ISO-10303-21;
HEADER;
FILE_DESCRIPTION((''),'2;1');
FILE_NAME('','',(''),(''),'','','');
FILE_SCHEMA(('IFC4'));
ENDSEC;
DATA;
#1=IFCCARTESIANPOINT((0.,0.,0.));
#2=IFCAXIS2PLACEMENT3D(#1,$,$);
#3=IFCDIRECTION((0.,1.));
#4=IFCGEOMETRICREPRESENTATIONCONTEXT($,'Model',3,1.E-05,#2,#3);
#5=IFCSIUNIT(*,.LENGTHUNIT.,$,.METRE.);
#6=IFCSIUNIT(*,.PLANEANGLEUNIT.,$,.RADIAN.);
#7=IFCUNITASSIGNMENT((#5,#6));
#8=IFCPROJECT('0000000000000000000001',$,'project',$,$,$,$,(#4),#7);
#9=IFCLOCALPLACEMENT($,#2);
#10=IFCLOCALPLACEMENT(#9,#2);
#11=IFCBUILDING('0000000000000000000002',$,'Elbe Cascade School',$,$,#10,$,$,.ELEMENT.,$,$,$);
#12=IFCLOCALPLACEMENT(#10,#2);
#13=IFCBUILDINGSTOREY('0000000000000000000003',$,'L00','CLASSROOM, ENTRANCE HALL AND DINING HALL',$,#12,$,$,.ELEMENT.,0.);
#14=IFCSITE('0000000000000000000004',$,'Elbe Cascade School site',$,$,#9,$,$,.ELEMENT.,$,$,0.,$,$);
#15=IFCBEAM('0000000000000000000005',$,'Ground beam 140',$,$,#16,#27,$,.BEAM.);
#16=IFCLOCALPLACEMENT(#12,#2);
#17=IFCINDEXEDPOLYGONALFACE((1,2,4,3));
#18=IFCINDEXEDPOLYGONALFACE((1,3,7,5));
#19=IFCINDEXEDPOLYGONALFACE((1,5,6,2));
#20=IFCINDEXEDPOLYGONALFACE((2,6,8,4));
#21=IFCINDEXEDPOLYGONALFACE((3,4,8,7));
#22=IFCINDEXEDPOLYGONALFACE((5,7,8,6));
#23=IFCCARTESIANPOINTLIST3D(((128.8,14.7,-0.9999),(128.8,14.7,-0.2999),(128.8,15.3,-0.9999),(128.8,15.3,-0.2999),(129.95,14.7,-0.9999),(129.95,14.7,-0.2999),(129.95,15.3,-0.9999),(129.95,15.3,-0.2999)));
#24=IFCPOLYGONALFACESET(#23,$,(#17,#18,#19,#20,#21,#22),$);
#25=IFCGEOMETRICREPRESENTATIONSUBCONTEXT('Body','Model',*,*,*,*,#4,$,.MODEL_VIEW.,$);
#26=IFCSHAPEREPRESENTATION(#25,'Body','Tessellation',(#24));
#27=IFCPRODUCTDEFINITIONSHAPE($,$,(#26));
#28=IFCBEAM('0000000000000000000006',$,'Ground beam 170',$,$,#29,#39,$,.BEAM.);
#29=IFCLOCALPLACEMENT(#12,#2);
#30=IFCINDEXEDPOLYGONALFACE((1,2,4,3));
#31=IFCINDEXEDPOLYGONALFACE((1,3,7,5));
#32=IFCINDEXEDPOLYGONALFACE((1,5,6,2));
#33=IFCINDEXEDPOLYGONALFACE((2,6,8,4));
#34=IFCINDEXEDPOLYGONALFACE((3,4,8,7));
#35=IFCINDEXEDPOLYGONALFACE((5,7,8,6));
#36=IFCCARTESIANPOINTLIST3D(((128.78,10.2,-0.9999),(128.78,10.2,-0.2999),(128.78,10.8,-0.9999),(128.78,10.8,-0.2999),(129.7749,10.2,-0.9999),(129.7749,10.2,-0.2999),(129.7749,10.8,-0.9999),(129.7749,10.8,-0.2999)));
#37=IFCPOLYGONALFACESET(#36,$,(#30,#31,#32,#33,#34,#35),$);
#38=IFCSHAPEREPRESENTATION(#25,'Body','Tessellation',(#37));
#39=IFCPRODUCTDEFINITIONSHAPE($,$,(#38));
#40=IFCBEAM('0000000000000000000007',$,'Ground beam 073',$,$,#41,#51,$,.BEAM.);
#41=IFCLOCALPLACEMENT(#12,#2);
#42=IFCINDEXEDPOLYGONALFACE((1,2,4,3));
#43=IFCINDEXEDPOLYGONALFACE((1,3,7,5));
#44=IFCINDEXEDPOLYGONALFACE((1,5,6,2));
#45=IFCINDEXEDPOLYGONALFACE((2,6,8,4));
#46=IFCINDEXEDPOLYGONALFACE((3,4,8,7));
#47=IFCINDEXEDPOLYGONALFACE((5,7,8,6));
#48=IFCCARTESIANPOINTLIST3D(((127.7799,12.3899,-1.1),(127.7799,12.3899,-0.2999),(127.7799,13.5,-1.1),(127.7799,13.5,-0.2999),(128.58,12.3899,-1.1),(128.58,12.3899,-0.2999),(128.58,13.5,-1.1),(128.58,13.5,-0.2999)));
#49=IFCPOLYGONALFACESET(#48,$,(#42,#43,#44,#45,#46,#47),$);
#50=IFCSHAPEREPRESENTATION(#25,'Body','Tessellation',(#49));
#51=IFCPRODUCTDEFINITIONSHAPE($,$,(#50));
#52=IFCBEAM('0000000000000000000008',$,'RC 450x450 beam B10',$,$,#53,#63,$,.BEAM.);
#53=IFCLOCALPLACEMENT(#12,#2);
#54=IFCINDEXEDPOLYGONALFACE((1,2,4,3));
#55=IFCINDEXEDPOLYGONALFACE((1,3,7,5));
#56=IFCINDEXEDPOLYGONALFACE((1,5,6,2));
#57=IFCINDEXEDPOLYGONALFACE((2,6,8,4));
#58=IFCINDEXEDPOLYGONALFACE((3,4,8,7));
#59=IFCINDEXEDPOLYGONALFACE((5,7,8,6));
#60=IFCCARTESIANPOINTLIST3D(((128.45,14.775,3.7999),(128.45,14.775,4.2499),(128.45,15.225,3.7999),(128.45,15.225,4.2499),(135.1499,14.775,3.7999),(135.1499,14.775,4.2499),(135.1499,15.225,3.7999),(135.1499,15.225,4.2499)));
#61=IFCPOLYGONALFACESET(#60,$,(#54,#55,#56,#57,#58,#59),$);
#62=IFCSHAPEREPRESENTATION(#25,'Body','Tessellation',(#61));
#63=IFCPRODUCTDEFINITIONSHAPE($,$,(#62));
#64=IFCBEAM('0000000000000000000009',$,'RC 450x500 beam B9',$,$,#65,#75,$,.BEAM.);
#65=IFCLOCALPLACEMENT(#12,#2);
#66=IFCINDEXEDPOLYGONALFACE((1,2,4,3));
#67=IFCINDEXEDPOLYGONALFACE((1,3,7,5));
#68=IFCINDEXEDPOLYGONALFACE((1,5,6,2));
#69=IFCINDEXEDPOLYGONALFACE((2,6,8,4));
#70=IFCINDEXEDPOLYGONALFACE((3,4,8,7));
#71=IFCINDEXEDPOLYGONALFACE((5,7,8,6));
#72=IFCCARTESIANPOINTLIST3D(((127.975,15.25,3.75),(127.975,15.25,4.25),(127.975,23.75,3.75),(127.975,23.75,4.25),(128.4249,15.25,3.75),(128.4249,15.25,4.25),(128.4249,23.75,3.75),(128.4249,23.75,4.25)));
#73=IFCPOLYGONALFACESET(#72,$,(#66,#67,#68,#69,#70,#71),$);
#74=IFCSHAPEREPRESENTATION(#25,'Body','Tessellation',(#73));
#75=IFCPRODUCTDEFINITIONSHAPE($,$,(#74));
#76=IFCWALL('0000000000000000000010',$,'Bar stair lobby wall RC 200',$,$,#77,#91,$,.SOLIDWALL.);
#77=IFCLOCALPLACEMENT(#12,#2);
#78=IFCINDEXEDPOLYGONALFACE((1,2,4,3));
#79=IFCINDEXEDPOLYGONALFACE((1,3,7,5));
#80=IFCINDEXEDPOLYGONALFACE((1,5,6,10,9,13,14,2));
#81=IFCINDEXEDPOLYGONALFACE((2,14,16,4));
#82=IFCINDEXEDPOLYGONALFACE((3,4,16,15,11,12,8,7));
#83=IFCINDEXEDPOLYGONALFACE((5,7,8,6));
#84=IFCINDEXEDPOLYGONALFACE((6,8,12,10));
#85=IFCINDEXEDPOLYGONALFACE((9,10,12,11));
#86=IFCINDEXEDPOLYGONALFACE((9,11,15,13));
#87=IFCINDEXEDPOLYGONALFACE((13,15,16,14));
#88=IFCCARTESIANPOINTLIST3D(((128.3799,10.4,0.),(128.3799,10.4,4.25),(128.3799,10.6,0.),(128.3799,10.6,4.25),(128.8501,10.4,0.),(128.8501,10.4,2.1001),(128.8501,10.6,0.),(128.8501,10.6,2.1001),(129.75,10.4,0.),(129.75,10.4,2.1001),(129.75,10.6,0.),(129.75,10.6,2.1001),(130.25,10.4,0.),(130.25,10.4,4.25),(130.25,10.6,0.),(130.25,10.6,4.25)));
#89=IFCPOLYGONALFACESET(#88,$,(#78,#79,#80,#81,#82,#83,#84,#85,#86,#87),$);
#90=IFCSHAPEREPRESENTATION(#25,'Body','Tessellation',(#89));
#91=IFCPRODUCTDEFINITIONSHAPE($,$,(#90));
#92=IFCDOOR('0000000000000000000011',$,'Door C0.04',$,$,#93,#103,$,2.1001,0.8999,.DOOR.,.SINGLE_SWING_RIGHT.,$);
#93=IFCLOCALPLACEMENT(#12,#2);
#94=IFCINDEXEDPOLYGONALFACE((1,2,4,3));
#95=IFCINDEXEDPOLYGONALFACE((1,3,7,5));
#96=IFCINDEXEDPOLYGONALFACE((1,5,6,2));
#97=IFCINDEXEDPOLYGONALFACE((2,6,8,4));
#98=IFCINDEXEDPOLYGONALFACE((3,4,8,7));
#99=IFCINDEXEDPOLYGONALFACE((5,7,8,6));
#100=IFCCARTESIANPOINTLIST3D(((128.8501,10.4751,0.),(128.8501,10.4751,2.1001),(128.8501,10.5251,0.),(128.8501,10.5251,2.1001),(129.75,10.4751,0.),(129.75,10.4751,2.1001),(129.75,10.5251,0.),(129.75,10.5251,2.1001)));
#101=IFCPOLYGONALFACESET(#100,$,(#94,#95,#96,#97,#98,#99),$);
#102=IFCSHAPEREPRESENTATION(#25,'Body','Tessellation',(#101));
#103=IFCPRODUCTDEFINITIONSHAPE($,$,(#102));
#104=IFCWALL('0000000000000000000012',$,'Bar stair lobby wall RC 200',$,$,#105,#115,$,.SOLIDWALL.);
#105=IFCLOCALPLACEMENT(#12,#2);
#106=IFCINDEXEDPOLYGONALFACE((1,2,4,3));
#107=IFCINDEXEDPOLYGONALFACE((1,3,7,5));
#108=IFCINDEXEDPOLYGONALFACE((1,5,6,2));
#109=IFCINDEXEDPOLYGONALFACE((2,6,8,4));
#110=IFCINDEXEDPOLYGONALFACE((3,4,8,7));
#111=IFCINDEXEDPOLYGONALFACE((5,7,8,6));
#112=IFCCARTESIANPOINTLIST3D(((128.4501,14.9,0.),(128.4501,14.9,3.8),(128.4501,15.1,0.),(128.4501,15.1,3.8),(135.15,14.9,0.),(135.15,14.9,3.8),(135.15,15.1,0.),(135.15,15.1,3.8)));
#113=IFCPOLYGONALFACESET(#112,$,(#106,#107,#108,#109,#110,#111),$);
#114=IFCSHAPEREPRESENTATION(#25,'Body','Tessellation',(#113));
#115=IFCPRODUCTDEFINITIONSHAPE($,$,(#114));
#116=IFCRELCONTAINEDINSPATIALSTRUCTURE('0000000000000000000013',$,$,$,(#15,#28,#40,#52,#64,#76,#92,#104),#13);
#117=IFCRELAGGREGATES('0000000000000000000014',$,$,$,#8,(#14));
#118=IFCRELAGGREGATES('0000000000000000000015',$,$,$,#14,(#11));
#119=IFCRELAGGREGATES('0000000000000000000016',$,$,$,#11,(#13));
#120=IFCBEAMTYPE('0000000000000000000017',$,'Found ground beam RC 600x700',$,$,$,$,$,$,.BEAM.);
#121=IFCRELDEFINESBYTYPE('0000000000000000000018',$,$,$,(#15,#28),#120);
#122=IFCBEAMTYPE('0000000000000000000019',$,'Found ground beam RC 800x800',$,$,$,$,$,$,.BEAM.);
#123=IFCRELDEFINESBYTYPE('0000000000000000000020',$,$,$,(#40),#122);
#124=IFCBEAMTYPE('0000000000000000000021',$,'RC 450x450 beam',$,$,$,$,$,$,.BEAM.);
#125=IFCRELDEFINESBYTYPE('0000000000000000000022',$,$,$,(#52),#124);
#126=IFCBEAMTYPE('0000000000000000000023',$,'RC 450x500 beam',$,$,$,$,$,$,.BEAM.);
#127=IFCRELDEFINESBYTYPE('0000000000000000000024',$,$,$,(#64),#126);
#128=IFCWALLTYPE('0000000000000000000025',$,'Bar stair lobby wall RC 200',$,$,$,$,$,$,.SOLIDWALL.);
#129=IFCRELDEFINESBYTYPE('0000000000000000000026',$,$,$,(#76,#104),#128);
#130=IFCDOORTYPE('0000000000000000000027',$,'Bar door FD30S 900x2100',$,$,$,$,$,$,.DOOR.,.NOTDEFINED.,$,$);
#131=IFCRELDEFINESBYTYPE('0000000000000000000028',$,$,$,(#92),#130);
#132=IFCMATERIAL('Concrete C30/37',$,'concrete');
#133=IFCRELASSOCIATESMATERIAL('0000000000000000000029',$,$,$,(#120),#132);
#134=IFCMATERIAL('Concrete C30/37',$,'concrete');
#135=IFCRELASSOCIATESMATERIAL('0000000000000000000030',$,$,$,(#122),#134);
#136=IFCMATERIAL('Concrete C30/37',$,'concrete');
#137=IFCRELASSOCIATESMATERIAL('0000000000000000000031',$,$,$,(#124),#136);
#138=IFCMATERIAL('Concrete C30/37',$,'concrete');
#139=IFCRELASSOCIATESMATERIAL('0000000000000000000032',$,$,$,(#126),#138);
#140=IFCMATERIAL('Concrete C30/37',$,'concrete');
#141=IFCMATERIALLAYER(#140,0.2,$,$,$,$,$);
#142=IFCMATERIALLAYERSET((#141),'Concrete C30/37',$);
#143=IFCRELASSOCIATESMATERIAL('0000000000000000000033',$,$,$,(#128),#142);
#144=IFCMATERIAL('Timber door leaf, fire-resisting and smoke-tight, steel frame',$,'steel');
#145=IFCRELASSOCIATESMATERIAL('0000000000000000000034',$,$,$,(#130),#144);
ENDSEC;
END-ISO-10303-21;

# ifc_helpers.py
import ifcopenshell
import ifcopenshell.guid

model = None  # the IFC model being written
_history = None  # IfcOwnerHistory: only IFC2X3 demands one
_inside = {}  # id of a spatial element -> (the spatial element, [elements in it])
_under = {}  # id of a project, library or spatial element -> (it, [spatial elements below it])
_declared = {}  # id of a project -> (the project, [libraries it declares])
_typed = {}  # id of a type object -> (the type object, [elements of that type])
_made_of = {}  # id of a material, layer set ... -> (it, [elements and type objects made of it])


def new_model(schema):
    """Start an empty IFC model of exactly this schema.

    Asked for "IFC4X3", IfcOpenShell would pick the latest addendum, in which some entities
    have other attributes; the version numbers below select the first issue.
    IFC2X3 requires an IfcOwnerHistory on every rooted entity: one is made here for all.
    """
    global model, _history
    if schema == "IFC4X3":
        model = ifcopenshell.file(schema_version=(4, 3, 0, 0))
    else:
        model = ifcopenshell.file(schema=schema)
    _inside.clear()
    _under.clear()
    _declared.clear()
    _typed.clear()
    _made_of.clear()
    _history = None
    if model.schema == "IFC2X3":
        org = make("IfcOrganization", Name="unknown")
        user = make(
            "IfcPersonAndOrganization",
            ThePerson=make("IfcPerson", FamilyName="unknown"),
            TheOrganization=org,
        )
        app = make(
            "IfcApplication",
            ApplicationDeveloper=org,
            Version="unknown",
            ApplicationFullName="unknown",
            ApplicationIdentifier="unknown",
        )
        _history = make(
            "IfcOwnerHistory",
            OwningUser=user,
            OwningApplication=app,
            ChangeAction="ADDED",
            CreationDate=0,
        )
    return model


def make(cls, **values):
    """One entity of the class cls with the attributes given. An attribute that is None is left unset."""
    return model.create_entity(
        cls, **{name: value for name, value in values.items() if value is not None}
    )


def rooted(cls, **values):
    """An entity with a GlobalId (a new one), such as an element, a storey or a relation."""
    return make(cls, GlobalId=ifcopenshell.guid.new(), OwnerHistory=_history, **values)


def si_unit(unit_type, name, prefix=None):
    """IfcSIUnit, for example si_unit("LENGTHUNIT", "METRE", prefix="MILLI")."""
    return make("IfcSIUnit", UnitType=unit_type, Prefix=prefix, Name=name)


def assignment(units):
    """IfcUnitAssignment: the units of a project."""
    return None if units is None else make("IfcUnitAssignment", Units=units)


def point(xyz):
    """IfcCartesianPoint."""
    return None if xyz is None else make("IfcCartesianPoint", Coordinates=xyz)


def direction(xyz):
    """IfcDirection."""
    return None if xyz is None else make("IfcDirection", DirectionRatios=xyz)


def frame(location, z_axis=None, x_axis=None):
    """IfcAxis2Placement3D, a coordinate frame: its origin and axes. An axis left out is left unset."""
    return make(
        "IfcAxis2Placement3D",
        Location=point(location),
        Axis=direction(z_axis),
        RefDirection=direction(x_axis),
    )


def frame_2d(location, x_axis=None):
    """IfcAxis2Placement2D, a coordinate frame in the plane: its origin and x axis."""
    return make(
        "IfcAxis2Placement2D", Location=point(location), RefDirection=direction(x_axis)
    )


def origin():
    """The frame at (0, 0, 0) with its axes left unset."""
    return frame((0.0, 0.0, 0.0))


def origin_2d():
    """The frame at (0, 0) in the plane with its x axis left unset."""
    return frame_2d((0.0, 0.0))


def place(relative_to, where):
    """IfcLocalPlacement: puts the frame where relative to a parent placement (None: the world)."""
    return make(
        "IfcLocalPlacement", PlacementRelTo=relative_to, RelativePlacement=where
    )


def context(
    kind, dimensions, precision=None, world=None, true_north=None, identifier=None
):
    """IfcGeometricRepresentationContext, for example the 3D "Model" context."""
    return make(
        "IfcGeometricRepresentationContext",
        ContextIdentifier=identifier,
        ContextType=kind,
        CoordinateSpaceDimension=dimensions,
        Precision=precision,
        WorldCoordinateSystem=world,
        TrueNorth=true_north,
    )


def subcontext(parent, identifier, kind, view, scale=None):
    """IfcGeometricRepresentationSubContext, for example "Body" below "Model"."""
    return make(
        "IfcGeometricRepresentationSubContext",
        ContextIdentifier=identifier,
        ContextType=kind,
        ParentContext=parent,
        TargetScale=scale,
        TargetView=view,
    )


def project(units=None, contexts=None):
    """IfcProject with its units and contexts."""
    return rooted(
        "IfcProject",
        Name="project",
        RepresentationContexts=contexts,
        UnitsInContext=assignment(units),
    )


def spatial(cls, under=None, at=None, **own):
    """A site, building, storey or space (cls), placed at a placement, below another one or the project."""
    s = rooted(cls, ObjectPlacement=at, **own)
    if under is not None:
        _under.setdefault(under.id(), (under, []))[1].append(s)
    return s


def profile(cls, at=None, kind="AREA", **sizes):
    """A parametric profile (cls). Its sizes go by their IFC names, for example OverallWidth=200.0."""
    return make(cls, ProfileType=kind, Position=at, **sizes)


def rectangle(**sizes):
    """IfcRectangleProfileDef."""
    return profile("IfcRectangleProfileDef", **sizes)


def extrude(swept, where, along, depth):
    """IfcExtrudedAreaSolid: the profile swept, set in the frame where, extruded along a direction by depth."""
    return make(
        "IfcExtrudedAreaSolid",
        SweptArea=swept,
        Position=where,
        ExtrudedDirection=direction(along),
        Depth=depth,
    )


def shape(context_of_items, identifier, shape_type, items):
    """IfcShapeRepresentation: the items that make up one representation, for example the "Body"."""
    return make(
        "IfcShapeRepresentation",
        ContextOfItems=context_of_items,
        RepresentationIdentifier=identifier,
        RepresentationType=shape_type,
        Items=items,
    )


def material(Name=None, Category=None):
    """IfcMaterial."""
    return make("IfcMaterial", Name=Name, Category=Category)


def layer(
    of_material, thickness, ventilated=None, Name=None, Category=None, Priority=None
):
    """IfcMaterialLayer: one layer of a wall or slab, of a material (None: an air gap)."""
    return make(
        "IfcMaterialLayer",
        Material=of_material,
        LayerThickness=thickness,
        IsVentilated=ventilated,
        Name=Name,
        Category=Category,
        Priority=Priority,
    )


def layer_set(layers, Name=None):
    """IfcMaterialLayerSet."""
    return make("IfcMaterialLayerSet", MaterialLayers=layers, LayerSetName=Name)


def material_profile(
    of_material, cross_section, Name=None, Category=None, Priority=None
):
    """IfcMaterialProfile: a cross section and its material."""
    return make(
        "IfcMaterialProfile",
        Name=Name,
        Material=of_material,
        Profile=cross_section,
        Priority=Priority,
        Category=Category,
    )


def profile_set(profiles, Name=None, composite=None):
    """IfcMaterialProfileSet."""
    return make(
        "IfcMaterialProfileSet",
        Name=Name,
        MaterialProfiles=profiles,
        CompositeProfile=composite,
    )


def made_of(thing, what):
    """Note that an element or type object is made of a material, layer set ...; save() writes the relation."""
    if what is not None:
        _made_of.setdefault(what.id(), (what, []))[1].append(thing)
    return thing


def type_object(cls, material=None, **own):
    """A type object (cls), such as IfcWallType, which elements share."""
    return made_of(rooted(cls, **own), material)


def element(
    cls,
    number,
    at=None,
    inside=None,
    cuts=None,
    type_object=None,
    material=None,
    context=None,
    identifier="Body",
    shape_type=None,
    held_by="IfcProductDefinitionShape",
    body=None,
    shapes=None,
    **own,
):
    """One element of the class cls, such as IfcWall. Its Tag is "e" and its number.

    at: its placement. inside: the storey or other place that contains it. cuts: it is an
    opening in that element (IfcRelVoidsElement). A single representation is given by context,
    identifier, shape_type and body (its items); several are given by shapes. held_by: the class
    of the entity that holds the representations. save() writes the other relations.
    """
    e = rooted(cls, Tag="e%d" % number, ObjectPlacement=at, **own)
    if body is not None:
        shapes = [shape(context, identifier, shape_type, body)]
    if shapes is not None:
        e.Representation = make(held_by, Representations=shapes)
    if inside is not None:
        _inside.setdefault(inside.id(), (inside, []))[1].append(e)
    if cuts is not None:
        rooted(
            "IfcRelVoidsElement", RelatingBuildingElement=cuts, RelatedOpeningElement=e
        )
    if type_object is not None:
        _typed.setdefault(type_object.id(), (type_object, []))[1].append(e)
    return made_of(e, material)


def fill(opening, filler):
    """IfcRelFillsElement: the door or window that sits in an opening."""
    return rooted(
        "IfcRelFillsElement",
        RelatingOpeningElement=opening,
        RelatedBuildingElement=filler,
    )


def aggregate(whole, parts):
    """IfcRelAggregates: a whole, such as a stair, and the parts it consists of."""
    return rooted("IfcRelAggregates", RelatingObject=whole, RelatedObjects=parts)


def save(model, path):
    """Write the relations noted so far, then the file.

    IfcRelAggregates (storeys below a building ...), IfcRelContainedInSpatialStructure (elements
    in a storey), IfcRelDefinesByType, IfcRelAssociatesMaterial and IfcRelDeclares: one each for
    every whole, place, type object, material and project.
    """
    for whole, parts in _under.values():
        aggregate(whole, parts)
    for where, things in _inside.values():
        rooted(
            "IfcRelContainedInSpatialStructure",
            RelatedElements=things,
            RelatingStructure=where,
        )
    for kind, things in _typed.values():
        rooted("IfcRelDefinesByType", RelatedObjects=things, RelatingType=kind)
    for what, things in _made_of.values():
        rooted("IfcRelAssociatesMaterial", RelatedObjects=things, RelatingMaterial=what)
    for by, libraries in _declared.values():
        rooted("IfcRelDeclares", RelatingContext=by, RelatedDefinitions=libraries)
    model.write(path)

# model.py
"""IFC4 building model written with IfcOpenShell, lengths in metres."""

from ifc_helpers import new_model, si_unit, direction, frame, frame_2d, origin, origin_2d, place, context, subcontext, project, spatial, rectangle, extrude, material, layer, layer_set, material_profile, profile_set, type_object, element, fill, save


model = new_model("IFC4")

# Units and contexts
model_context = context("Model", 3, precision=1e-05, world=origin(), true_north=direction((0.0, 1.0)))
body_context = subcontext(model_context, "Body", "Model", "MODEL_VIEW")
ifc_project = project(units=[si_unit("LENGTHUNIT", "METRE"), si_unit("PLANEANGLEUNIT", "RADIAN")], contexts=[model_context])

# Site, building, storey
site_placement = place(None, origin())
site = spatial("IfcSite", under=ifc_project, at=site_placement, Name="Elbe Cascade School site", CompositionType="ELEMENT", RefElevation=0.0)
building_placement = place(site_placement, origin())
building = spatial("IfcBuilding", under=site, at=building_placement, Name="Elbe Cascade School", CompositionType="ELEMENT")
storey_placement = place(building_placement, origin())
storey = spatial("IfcBuildingStorey", under=building, at=storey_placement, Name="L00", Description="CLASSROOM, ENTRANCE HALL AND DINING HALL", CompositionType="ELEMENT", Elevation=0.0)

# Beams
ifc_material_1 = material(Name="Concrete C30/37", Category="concrete")
ifc_material_profile_1 = material_profile(ifc_material_1, rectangle(XDim=0.6001, YDim=0.7, at=origin_2d()), Name="RC 600x700")
ifc_profile_set_1 = profile_set([ifc_material_profile_1], Name="Concrete C30/37")
beam_type_1 = type_object("IfcBeamType", Name="Found ground beam RC 600x700", PredefinedType="BEAM", material=ifc_profile_set_1)
beam_1_placement = place(storey_placement, frame((128.8, 15.0, -0.6499), z_axis=(1.0, 0.0, 0.0), x_axis=(0.0, 1.0, 0.0)))
element("IfcBeam", 1, at=beam_1_placement, inside=storey, type_object=beam_type_1, Name="Ground beam 140", PredefinedType="BEAM", context=body_context, shape_type="SweptSolid", body=[
    extrude(rectangle(XDim=0.6001, YDim=0.7, at=origin_2d()), origin(), (0.0, 0.0, 1.0), 1.1499),
])
beam_2_placement = place(storey_placement, frame((128.78, 10.5, -0.6499), z_axis=(1.0, 0.0, 0.0), x_axis=(0.0, 1.0, 0.0)))
element("IfcBeam", 2, at=beam_2_placement, inside=storey, type_object=beam_type_1, Name="Ground beam 170", PredefinedType="BEAM", context=body_context, shape_type="SweptSolid", body=[
    extrude(rectangle(XDim=0.6001, YDim=0.7, at=origin_2d()), origin(), (0.0, 0.0, 1.0), 0.9949),
])
ifc_material_2 = material(Name="Concrete C30/37", Category="concrete")
ifc_material_profile_2 = material_profile(ifc_material_2, rectangle(XDim=0.8, YDim=0.8, at=origin_2d()), Name="RC 800x800")
ifc_profile_set_2 = profile_set([ifc_material_profile_2], Name="Concrete C30/37")
beam_type_2 = type_object("IfcBeamType", Name="Found ground beam RC 800x800", PredefinedType="BEAM", material=ifc_profile_set_2)
beam_3_placement = place(storey_placement, frame((128.1799, 12.3899, -0.7), z_axis=(0.0, 1.0, 0.0), x_axis=(-1.0, 0.0, 0.0)))
element("IfcBeam", 3, at=beam_3_placement, inside=storey, type_object=beam_type_2, Name="Ground beam 073", PredefinedType="BEAM", context=body_context, shape_type="SweptSolid", body=[
    extrude(rectangle(XDim=0.8, YDim=0.8, at=origin_2d()), origin(), (0.0, 0.0, 1.0), 1.1101),
])
ifc_material_3 = material(Name="Concrete C30/37", Category="concrete")
ifc_material_profile_3 = material_profile(ifc_material_3, rectangle(XDim=0.45, YDim=0.45, at=origin_2d()), Name="RC 450x450")
ifc_profile_set_3 = profile_set([ifc_material_profile_3], Name="Concrete C30/37")
beam_type_3 = type_object("IfcBeamType", Name="RC 450x450 beam", PredefinedType="BEAM", material=ifc_profile_set_3)
beam_4_placement = place(storey_placement, frame((128.45, 15.0, 4.0249), z_axis=(1.0, 0.0, 0.0), x_axis=(0.0, 1.0, 0.0)))
element("IfcBeam", 4, at=beam_4_placement, inside=storey, type_object=beam_type_3, Name="RC 450x450 beam B10", PredefinedType="BEAM", context=body_context, shape_type="SweptSolid", body=[
    extrude(rectangle(XDim=0.45, YDim=0.45, at=origin_2d()), origin(), (0.0, 0.0, 1.0), 6.7),
])
ifc_material_4 = material(Name="Concrete C30/37", Category="concrete")
ifc_material_profile_4 = material_profile(ifc_material_4, rectangle(XDim=0.45, YDim=0.5, at=origin_2d()), Name="RC 450x500")
ifc_profile_set_4 = profile_set([ifc_material_profile_4], Name="Concrete C30/37")
beam_type_4 = type_object("IfcBeamType", Name="RC 450x500 beam", PredefinedType="BEAM", material=ifc_profile_set_4)
beam_5_placement = place(storey_placement, frame((128.2, 15.25, 4.0), z_axis=(0.0, 1.0, 0.0), x_axis=(-1.0, 0.0, 0.0)))
element("IfcBeam", 5, at=beam_5_placement, inside=storey, type_object=beam_type_4, Name="RC 450x500 beam B9", PredefinedType="BEAM", context=body_context, shape_type="SweptSolid", body=[
    extrude(rectangle(XDim=0.45, YDim=0.5, at=origin_2d()), origin(), (0.0, 0.0, 1.0), 8.5),
])

# Wall, opening, door
ifc_material_5 = material(Name="Concrete C30/37", Category="concrete")
ifc_layer_1 = layer(ifc_material_5, 0.2)
ifc_layer_set_1 = layer_set([ifc_layer_1], Name="Concrete C30/37")
wall_type_1 = type_object("IfcWallType", Name="Bar stair lobby wall RC 200", PredefinedType="SOLIDWALL", material=ifc_layer_set_1)
wall_1_placement = place(storey_placement, frame((130.25, 10.5, 0.0), z_axis=(0.0, 0.0, 1.0), x_axis=(-1.0, 0.0, 0.0)))
wall_1 = element("IfcWall", 6, at=wall_1_placement, inside=storey, type_object=wall_type_1, Name="Bar stair lobby wall RC 200", PredefinedType="SOLIDWALL", context=body_context, shape_type="SweptSolid", body=[
    extrude(rectangle(XDim=1.8701, YDim=0.2, at=frame_2d((0.9351, 0.0))), origin(), (0.0, 0.0, 1.0), 4.25),
])
opening_1_placement = place(wall_1_placement, frame((0.5, 0.0, 0.0)))
opening_1 = element("IfcOpeningElement", 7, at=opening_1_placement, cuts=wall_1, PredefinedType="OPENING", context=body_context, shape_type="SweptSolid", body=[
    extrude(rectangle(XDim=0.8999, YDim=2.1001, at=frame_2d((0.45, 1.05))), frame((0.0, 0.1099, 0.0), z_axis=(0.0, -1.0, 0.0), x_axis=(1.0, 0.0, 0.0)), (0.0, 0.0, 1.0), 0.22),
])
ifc_material_6 = material(Name="Timber door leaf, fire-resisting and smoke-tight, steel frame", Category="steel")
door_type_1 = type_object("IfcDoorType", Name="Bar door FD30S 900x2100", OperationType="NOTDEFINED", PredefinedType="DOOR", material=ifc_material_6)
door_1_placement = place(opening_1_placement, origin())
door_1 = element("IfcDoor", 8, at=door_1_placement, inside=storey, type_object=door_type_1, Name="Door C0.04", OperationType="SINGLE_SWING_RIGHT", OverallHeight=2.1001, OverallWidth=0.8999, PredefinedType="DOOR", context=body_context, shape_type="SweptSolid", body=[
    extrude(rectangle(XDim=0.8999, YDim=2.1001, at=frame_2d((0.45, 1.05))), frame((0.0, 0.0249, 0.0), z_axis=(0.0, -1.0, 0.0), x_axis=(1.0, 0.0, 0.0)), (0.0, 0.0, 1.0), 0.05),
])
fill(opening_1, door_1)

# Wall
wall_2_placement = place(storey_placement, frame((128.45, 15.0, 0.0), z_axis=(0.0, 0.0, 1.0), x_axis=(1.0, 0.0, 0.0)))
element("IfcWall", 9, at=wall_2_placement, inside=storey, type_object=wall_type_1, Name="Bar stair lobby wall RC 200", PredefinedType="SOLIDWALL", context=body_context, shape_type="SweptSolid", body=[
    extrude(rectangle(XDim=6.7, YDim=0.2, at=frame_2d((3.3501, 0.0))), origin(), (0.0, 0.0, 1.0), 3.8),
])

save(model, "model.ifc")
